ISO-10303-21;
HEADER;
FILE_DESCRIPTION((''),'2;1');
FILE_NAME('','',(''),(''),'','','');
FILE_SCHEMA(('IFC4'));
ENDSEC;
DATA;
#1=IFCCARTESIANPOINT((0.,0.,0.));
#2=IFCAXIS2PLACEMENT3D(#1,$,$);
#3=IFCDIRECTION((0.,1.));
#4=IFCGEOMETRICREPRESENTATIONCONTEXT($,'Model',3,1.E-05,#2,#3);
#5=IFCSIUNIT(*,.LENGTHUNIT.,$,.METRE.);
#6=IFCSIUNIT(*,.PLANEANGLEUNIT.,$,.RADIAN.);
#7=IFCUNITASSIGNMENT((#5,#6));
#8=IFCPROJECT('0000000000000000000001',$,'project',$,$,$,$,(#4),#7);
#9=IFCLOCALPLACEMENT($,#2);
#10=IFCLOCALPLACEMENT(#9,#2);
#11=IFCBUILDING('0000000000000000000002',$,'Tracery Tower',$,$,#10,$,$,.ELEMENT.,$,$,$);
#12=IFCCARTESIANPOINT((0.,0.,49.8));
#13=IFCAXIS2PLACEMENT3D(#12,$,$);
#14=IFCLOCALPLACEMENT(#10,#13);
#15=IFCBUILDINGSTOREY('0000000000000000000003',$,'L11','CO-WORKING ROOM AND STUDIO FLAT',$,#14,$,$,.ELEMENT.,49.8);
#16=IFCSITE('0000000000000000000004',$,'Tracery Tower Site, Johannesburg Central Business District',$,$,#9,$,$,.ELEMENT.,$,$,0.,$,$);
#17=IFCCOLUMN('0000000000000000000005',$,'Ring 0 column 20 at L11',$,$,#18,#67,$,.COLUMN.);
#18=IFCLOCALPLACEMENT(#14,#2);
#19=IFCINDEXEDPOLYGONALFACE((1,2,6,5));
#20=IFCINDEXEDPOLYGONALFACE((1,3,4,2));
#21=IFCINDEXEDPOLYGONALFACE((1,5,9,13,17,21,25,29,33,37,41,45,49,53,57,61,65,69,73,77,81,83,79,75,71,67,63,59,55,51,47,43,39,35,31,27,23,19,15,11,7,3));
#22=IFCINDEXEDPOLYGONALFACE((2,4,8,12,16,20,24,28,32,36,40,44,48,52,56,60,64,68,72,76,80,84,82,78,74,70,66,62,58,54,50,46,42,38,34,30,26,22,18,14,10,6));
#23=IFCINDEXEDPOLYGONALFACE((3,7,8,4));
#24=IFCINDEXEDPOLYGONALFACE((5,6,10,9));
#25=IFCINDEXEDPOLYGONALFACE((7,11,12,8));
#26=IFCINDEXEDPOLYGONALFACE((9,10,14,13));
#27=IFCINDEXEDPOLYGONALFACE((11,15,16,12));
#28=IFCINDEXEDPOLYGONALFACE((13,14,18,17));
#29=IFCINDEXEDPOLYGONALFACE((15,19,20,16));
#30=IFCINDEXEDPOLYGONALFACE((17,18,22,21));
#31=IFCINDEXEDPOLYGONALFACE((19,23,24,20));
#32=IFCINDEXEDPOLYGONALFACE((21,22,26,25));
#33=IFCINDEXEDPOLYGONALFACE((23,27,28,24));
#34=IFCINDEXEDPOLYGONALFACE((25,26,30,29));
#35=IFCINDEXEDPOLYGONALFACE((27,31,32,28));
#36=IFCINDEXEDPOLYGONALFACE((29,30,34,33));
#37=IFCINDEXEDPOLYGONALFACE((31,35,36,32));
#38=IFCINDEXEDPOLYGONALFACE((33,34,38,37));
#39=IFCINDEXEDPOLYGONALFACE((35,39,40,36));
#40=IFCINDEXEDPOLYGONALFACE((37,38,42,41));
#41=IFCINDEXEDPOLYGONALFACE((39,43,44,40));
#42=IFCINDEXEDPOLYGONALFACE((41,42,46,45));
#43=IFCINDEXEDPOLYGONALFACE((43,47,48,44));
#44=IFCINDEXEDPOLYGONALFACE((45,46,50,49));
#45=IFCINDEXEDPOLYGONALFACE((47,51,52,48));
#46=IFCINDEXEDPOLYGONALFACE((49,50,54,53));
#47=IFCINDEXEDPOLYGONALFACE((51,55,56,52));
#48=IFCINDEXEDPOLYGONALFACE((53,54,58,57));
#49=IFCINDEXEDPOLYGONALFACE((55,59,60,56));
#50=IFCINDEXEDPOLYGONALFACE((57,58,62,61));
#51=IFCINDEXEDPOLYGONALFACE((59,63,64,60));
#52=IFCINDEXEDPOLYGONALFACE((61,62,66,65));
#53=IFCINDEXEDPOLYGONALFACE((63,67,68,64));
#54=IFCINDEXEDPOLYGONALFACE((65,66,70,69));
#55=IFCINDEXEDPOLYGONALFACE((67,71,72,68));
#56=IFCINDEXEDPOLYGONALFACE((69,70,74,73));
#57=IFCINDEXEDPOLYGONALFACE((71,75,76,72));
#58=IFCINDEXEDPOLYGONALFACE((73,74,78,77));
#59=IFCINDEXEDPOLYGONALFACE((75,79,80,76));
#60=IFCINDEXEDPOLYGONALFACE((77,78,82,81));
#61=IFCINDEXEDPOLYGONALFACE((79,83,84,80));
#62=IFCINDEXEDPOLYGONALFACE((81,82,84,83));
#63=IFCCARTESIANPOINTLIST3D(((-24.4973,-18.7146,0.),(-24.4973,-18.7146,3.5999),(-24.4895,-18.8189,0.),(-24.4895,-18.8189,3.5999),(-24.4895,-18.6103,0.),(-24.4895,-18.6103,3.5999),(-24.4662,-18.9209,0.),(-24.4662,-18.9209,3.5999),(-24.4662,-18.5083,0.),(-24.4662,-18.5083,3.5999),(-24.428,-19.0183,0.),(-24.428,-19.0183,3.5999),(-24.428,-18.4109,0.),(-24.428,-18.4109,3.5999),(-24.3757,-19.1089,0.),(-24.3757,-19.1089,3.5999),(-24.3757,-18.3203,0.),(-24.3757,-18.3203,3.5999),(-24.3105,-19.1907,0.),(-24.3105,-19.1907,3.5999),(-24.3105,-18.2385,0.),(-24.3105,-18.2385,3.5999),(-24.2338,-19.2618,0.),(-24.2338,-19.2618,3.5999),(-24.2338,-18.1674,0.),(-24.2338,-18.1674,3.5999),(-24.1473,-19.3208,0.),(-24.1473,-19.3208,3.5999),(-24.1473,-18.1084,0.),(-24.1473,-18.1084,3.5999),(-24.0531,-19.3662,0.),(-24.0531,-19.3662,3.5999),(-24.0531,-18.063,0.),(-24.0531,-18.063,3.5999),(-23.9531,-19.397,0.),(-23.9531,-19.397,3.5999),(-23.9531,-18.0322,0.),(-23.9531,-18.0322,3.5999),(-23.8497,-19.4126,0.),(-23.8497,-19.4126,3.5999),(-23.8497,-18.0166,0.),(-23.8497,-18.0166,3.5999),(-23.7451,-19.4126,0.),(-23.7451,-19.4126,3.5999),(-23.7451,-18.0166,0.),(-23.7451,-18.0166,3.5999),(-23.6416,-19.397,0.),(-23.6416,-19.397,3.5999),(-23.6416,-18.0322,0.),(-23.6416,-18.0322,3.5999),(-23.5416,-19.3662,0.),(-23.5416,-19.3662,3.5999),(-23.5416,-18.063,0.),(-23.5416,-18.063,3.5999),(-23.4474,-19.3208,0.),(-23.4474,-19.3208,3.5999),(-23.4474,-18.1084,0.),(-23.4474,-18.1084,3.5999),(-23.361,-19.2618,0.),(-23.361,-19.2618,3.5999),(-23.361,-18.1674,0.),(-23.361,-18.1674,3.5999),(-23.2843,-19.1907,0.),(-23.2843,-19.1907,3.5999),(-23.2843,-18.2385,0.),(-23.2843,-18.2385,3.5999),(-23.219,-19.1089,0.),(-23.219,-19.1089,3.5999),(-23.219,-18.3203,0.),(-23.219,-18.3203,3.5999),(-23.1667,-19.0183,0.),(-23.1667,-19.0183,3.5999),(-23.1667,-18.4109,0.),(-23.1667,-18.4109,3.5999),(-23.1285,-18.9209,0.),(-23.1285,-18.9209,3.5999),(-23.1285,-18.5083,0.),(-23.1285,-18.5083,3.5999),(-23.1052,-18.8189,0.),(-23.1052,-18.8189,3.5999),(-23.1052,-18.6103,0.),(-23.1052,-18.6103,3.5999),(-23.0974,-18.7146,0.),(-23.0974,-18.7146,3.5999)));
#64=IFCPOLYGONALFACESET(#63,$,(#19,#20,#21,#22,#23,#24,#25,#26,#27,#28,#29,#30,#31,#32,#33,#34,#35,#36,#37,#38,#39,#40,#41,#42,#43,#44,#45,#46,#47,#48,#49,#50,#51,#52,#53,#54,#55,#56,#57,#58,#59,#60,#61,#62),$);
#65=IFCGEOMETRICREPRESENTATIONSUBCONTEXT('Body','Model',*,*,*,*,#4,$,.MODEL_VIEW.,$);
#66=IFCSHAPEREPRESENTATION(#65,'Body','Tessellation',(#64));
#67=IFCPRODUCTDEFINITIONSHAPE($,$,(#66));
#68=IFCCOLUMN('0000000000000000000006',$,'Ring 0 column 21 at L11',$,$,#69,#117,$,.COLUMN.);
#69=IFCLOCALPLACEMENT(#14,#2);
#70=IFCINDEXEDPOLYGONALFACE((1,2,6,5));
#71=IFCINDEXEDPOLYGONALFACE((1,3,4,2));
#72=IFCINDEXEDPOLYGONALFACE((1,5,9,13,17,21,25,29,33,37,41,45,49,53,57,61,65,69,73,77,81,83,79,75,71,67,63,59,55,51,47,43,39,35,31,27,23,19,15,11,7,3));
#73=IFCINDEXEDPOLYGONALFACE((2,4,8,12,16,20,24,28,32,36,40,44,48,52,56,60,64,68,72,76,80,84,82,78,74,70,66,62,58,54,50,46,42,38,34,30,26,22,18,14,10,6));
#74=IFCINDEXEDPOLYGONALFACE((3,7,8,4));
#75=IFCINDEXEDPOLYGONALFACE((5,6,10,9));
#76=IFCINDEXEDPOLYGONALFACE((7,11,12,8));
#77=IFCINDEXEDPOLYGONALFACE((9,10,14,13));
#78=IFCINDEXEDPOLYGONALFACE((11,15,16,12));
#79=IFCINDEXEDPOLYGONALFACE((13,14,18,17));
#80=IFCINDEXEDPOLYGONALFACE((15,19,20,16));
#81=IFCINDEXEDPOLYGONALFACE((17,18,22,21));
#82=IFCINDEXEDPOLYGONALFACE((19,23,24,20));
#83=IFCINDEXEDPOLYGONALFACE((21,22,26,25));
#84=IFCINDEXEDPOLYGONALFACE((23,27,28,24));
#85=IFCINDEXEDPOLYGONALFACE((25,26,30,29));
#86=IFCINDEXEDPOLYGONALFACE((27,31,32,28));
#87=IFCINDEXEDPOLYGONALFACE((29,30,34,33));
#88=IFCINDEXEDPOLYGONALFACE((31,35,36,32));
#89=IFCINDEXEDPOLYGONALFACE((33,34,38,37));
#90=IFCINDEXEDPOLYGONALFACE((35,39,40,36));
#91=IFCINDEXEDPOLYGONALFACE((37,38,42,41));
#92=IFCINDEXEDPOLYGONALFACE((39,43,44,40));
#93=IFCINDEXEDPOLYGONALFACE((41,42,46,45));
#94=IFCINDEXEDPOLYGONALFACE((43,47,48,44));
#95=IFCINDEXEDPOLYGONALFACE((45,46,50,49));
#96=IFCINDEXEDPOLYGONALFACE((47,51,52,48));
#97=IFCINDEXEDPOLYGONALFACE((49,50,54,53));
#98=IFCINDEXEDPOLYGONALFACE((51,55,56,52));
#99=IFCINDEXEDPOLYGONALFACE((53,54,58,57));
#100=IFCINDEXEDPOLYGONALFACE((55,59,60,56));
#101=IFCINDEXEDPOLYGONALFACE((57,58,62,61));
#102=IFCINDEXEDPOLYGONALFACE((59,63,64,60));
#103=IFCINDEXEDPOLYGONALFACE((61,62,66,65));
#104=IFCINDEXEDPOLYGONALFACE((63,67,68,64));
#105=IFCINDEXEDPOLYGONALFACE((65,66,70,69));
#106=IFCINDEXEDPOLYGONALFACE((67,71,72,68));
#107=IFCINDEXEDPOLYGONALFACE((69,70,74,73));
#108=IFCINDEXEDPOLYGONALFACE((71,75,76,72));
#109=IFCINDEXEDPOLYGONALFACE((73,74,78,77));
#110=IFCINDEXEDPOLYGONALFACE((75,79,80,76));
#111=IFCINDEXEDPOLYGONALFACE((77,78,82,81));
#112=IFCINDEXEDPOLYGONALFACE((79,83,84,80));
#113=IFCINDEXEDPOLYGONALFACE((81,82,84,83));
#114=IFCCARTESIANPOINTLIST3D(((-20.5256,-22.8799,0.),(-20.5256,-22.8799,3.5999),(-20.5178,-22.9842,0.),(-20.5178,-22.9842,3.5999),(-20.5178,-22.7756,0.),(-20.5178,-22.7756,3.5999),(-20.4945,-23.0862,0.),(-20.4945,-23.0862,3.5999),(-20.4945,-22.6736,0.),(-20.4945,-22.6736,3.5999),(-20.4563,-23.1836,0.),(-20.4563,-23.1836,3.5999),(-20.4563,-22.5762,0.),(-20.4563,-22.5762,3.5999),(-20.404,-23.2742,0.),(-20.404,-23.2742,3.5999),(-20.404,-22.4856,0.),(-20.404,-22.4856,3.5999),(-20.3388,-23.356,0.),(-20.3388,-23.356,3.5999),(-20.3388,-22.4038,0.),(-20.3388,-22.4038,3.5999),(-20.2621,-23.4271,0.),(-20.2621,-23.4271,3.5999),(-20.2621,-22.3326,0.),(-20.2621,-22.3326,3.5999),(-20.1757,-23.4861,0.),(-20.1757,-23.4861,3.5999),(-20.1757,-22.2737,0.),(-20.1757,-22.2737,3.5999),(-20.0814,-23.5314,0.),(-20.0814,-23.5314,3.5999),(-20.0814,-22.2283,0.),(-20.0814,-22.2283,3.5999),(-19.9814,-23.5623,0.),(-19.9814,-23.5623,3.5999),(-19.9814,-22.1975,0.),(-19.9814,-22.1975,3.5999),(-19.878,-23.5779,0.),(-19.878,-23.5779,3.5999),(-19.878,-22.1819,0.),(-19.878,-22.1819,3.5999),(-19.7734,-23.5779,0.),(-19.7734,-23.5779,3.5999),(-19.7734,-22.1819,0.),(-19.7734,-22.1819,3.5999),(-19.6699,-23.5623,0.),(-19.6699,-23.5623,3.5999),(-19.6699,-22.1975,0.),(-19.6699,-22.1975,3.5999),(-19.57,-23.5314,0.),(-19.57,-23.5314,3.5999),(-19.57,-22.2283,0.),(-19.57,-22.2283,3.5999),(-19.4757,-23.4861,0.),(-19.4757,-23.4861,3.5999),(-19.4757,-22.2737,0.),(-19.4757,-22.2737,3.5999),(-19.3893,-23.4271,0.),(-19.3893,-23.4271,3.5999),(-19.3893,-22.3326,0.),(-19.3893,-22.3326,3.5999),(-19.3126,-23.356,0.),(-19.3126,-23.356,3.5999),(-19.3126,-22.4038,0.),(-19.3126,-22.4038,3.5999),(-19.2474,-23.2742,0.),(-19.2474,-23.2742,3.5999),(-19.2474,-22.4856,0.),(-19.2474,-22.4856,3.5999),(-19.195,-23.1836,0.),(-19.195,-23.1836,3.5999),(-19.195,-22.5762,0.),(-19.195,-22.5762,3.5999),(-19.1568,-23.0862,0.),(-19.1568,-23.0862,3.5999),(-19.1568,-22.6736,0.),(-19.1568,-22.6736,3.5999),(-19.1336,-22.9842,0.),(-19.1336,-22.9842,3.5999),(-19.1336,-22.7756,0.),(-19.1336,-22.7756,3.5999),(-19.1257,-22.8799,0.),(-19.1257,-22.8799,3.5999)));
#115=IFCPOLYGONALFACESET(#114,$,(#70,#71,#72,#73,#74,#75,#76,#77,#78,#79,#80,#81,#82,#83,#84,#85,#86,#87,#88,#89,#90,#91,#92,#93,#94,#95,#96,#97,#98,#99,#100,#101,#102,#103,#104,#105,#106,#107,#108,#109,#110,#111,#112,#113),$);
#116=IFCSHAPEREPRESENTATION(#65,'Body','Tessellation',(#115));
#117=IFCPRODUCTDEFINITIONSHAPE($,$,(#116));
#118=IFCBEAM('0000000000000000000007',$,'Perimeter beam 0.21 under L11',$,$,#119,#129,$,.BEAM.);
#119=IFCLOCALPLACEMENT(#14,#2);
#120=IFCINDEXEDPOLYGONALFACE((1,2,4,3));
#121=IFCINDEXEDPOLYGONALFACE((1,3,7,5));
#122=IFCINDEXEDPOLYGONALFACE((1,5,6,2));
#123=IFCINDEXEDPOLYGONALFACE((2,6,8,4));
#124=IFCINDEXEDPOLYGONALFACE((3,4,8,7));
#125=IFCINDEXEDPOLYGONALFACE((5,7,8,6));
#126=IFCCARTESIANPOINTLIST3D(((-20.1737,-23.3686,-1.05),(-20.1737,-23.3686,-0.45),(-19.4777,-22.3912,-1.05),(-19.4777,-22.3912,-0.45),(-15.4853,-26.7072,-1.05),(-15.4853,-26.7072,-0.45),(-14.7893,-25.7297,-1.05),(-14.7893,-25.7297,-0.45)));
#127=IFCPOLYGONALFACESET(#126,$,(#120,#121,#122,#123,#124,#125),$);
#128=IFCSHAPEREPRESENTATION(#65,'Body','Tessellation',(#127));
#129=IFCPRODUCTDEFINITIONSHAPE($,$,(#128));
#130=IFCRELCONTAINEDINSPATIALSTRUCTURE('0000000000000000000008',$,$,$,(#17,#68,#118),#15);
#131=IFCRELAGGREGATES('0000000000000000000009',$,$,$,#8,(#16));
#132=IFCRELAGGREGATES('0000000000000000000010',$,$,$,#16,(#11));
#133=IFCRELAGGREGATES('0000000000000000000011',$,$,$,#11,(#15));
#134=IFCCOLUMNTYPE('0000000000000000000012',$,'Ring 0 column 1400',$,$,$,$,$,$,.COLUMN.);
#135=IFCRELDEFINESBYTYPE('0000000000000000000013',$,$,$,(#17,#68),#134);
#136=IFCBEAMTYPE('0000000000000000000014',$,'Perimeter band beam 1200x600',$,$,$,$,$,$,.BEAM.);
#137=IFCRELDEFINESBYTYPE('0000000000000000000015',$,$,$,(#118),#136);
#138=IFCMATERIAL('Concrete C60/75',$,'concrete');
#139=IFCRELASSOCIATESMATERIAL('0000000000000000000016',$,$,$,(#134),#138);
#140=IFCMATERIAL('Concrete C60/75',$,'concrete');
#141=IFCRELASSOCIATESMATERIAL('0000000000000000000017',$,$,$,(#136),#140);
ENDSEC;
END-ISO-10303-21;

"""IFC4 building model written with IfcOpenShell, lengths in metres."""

from ifc_helpers import new_model, si_unit, direction, frame, origin, origin_2d, place, context, subcontext, project, spatial, rectangle, circle, extrude, material, material_profile, profile_set, type_object, element, save


model = new_model("IFC4")

# Units and contexts
model_context = context("Model", 3, precision=1e-05, world=origin(), true_north=direction((0.0, 1.0)))
body_context = subcontext(model_context, "Body", "Model", "MODEL_VIEW")
ifc_project = project(units=[si_unit("LENGTHUNIT", "METRE"), si_unit("PLANEANGLEUNIT", "RADIAN")], contexts=[model_context])

# Site, building, storey
site_placement = place(None, origin())
site = spatial("IfcSite", under=ifc_project, at=site_placement, Name="Tracery Tower Site, Johannesburg Central Business District", CompositionType="ELEMENT", RefElevation=0.0)
building_placement = place(site_placement, origin())
building = spatial("IfcBuilding", under=site, at=building_placement, Name="Tracery Tower", CompositionType="ELEMENT")
storey_placement = place(building_placement, frame((0.0, 0.0, 49.8)))
storey = spatial("IfcBuildingStorey", under=building, at=storey_placement, Name="L11", Description="CO-WORKING ROOM AND STUDIO FLAT", CompositionType="ELEMENT", Elevation=49.8)

# Columns
ifc_material_1 = material(Name="Concrete C60/75", Category="concrete")
ifc_material_profile_1 = material_profile(ifc_material_1, circle(Radius=0.7, at=origin_2d()), Name="RC D1400")
ifc_profile_set_1 = profile_set([ifc_material_profile_1], Name="Concrete C60/75")
column_type = type_object("IfcColumnType", Name="Ring 0 column 1400", PredefinedType="COLUMN", material=ifc_profile_set_1)
for number, where, z_axis, x_axis, name in (
    (1, (-23.7974, -18.7146, 0.0), (0.0, 0.0, 1.0), (1.0, 0.0, 0.0), "Ring 0 column 20 at L11"),
    (2, (-19.8257, -22.8799, 0.0), (0.0, 0.0, 1.0), (1.0, 0.0, 0.0), "Ring 0 column 21 at L11"),
):
    element("IfcColumn", number, at=place(storey_placement, frame(where, z_axis=z_axis, x_axis=x_axis)), inside=storey, type_object=column_type, Name=name, PredefinedType="COLUMN", context=body_context, shape_type="SweptSolid", body=[
        extrude(circle(Radius=0.7, at=origin_2d()), origin(), (0.0, 0.0, 1.0), 3.5999),
    ])

# Beam
ifc_material_2 = material(Name="Concrete C60/75", Category="concrete")
ifc_material_profile_2 = material_profile(ifc_material_2, rectangle(XDim=1.2, YDim=0.6001, at=origin_2d()), Name="RC 1200x600")
ifc_profile_set_2 = profile_set([ifc_material_profile_2], Name="Concrete C60/75")
beam_type = type_object("IfcBeamType", Name="Perimeter band beam 1200x600", PredefinedType="BEAM", material=ifc_profile_set_2)
beam_placement = place(storey_placement, frame((-19.8257, -22.8799, -0.75), z_axis=(0.814578, -0.580054, 0.0), x_axis=(0.580054, 0.814578, 0.0)))
element("IfcBeam", 3, at=beam_placement, inside=storey, type_object=beam_type, Name="Perimeter beam 0.21 under L11", PredefinedType="BEAM", context=body_context, shape_type="SweptSolid", body=[
    extrude(rectangle(XDim=1.2, YDim=0.6001, at=origin_2d()), origin(), (0.0, 0.0, 1.0), 5.7556),
])

save(model, "model.ifc")
